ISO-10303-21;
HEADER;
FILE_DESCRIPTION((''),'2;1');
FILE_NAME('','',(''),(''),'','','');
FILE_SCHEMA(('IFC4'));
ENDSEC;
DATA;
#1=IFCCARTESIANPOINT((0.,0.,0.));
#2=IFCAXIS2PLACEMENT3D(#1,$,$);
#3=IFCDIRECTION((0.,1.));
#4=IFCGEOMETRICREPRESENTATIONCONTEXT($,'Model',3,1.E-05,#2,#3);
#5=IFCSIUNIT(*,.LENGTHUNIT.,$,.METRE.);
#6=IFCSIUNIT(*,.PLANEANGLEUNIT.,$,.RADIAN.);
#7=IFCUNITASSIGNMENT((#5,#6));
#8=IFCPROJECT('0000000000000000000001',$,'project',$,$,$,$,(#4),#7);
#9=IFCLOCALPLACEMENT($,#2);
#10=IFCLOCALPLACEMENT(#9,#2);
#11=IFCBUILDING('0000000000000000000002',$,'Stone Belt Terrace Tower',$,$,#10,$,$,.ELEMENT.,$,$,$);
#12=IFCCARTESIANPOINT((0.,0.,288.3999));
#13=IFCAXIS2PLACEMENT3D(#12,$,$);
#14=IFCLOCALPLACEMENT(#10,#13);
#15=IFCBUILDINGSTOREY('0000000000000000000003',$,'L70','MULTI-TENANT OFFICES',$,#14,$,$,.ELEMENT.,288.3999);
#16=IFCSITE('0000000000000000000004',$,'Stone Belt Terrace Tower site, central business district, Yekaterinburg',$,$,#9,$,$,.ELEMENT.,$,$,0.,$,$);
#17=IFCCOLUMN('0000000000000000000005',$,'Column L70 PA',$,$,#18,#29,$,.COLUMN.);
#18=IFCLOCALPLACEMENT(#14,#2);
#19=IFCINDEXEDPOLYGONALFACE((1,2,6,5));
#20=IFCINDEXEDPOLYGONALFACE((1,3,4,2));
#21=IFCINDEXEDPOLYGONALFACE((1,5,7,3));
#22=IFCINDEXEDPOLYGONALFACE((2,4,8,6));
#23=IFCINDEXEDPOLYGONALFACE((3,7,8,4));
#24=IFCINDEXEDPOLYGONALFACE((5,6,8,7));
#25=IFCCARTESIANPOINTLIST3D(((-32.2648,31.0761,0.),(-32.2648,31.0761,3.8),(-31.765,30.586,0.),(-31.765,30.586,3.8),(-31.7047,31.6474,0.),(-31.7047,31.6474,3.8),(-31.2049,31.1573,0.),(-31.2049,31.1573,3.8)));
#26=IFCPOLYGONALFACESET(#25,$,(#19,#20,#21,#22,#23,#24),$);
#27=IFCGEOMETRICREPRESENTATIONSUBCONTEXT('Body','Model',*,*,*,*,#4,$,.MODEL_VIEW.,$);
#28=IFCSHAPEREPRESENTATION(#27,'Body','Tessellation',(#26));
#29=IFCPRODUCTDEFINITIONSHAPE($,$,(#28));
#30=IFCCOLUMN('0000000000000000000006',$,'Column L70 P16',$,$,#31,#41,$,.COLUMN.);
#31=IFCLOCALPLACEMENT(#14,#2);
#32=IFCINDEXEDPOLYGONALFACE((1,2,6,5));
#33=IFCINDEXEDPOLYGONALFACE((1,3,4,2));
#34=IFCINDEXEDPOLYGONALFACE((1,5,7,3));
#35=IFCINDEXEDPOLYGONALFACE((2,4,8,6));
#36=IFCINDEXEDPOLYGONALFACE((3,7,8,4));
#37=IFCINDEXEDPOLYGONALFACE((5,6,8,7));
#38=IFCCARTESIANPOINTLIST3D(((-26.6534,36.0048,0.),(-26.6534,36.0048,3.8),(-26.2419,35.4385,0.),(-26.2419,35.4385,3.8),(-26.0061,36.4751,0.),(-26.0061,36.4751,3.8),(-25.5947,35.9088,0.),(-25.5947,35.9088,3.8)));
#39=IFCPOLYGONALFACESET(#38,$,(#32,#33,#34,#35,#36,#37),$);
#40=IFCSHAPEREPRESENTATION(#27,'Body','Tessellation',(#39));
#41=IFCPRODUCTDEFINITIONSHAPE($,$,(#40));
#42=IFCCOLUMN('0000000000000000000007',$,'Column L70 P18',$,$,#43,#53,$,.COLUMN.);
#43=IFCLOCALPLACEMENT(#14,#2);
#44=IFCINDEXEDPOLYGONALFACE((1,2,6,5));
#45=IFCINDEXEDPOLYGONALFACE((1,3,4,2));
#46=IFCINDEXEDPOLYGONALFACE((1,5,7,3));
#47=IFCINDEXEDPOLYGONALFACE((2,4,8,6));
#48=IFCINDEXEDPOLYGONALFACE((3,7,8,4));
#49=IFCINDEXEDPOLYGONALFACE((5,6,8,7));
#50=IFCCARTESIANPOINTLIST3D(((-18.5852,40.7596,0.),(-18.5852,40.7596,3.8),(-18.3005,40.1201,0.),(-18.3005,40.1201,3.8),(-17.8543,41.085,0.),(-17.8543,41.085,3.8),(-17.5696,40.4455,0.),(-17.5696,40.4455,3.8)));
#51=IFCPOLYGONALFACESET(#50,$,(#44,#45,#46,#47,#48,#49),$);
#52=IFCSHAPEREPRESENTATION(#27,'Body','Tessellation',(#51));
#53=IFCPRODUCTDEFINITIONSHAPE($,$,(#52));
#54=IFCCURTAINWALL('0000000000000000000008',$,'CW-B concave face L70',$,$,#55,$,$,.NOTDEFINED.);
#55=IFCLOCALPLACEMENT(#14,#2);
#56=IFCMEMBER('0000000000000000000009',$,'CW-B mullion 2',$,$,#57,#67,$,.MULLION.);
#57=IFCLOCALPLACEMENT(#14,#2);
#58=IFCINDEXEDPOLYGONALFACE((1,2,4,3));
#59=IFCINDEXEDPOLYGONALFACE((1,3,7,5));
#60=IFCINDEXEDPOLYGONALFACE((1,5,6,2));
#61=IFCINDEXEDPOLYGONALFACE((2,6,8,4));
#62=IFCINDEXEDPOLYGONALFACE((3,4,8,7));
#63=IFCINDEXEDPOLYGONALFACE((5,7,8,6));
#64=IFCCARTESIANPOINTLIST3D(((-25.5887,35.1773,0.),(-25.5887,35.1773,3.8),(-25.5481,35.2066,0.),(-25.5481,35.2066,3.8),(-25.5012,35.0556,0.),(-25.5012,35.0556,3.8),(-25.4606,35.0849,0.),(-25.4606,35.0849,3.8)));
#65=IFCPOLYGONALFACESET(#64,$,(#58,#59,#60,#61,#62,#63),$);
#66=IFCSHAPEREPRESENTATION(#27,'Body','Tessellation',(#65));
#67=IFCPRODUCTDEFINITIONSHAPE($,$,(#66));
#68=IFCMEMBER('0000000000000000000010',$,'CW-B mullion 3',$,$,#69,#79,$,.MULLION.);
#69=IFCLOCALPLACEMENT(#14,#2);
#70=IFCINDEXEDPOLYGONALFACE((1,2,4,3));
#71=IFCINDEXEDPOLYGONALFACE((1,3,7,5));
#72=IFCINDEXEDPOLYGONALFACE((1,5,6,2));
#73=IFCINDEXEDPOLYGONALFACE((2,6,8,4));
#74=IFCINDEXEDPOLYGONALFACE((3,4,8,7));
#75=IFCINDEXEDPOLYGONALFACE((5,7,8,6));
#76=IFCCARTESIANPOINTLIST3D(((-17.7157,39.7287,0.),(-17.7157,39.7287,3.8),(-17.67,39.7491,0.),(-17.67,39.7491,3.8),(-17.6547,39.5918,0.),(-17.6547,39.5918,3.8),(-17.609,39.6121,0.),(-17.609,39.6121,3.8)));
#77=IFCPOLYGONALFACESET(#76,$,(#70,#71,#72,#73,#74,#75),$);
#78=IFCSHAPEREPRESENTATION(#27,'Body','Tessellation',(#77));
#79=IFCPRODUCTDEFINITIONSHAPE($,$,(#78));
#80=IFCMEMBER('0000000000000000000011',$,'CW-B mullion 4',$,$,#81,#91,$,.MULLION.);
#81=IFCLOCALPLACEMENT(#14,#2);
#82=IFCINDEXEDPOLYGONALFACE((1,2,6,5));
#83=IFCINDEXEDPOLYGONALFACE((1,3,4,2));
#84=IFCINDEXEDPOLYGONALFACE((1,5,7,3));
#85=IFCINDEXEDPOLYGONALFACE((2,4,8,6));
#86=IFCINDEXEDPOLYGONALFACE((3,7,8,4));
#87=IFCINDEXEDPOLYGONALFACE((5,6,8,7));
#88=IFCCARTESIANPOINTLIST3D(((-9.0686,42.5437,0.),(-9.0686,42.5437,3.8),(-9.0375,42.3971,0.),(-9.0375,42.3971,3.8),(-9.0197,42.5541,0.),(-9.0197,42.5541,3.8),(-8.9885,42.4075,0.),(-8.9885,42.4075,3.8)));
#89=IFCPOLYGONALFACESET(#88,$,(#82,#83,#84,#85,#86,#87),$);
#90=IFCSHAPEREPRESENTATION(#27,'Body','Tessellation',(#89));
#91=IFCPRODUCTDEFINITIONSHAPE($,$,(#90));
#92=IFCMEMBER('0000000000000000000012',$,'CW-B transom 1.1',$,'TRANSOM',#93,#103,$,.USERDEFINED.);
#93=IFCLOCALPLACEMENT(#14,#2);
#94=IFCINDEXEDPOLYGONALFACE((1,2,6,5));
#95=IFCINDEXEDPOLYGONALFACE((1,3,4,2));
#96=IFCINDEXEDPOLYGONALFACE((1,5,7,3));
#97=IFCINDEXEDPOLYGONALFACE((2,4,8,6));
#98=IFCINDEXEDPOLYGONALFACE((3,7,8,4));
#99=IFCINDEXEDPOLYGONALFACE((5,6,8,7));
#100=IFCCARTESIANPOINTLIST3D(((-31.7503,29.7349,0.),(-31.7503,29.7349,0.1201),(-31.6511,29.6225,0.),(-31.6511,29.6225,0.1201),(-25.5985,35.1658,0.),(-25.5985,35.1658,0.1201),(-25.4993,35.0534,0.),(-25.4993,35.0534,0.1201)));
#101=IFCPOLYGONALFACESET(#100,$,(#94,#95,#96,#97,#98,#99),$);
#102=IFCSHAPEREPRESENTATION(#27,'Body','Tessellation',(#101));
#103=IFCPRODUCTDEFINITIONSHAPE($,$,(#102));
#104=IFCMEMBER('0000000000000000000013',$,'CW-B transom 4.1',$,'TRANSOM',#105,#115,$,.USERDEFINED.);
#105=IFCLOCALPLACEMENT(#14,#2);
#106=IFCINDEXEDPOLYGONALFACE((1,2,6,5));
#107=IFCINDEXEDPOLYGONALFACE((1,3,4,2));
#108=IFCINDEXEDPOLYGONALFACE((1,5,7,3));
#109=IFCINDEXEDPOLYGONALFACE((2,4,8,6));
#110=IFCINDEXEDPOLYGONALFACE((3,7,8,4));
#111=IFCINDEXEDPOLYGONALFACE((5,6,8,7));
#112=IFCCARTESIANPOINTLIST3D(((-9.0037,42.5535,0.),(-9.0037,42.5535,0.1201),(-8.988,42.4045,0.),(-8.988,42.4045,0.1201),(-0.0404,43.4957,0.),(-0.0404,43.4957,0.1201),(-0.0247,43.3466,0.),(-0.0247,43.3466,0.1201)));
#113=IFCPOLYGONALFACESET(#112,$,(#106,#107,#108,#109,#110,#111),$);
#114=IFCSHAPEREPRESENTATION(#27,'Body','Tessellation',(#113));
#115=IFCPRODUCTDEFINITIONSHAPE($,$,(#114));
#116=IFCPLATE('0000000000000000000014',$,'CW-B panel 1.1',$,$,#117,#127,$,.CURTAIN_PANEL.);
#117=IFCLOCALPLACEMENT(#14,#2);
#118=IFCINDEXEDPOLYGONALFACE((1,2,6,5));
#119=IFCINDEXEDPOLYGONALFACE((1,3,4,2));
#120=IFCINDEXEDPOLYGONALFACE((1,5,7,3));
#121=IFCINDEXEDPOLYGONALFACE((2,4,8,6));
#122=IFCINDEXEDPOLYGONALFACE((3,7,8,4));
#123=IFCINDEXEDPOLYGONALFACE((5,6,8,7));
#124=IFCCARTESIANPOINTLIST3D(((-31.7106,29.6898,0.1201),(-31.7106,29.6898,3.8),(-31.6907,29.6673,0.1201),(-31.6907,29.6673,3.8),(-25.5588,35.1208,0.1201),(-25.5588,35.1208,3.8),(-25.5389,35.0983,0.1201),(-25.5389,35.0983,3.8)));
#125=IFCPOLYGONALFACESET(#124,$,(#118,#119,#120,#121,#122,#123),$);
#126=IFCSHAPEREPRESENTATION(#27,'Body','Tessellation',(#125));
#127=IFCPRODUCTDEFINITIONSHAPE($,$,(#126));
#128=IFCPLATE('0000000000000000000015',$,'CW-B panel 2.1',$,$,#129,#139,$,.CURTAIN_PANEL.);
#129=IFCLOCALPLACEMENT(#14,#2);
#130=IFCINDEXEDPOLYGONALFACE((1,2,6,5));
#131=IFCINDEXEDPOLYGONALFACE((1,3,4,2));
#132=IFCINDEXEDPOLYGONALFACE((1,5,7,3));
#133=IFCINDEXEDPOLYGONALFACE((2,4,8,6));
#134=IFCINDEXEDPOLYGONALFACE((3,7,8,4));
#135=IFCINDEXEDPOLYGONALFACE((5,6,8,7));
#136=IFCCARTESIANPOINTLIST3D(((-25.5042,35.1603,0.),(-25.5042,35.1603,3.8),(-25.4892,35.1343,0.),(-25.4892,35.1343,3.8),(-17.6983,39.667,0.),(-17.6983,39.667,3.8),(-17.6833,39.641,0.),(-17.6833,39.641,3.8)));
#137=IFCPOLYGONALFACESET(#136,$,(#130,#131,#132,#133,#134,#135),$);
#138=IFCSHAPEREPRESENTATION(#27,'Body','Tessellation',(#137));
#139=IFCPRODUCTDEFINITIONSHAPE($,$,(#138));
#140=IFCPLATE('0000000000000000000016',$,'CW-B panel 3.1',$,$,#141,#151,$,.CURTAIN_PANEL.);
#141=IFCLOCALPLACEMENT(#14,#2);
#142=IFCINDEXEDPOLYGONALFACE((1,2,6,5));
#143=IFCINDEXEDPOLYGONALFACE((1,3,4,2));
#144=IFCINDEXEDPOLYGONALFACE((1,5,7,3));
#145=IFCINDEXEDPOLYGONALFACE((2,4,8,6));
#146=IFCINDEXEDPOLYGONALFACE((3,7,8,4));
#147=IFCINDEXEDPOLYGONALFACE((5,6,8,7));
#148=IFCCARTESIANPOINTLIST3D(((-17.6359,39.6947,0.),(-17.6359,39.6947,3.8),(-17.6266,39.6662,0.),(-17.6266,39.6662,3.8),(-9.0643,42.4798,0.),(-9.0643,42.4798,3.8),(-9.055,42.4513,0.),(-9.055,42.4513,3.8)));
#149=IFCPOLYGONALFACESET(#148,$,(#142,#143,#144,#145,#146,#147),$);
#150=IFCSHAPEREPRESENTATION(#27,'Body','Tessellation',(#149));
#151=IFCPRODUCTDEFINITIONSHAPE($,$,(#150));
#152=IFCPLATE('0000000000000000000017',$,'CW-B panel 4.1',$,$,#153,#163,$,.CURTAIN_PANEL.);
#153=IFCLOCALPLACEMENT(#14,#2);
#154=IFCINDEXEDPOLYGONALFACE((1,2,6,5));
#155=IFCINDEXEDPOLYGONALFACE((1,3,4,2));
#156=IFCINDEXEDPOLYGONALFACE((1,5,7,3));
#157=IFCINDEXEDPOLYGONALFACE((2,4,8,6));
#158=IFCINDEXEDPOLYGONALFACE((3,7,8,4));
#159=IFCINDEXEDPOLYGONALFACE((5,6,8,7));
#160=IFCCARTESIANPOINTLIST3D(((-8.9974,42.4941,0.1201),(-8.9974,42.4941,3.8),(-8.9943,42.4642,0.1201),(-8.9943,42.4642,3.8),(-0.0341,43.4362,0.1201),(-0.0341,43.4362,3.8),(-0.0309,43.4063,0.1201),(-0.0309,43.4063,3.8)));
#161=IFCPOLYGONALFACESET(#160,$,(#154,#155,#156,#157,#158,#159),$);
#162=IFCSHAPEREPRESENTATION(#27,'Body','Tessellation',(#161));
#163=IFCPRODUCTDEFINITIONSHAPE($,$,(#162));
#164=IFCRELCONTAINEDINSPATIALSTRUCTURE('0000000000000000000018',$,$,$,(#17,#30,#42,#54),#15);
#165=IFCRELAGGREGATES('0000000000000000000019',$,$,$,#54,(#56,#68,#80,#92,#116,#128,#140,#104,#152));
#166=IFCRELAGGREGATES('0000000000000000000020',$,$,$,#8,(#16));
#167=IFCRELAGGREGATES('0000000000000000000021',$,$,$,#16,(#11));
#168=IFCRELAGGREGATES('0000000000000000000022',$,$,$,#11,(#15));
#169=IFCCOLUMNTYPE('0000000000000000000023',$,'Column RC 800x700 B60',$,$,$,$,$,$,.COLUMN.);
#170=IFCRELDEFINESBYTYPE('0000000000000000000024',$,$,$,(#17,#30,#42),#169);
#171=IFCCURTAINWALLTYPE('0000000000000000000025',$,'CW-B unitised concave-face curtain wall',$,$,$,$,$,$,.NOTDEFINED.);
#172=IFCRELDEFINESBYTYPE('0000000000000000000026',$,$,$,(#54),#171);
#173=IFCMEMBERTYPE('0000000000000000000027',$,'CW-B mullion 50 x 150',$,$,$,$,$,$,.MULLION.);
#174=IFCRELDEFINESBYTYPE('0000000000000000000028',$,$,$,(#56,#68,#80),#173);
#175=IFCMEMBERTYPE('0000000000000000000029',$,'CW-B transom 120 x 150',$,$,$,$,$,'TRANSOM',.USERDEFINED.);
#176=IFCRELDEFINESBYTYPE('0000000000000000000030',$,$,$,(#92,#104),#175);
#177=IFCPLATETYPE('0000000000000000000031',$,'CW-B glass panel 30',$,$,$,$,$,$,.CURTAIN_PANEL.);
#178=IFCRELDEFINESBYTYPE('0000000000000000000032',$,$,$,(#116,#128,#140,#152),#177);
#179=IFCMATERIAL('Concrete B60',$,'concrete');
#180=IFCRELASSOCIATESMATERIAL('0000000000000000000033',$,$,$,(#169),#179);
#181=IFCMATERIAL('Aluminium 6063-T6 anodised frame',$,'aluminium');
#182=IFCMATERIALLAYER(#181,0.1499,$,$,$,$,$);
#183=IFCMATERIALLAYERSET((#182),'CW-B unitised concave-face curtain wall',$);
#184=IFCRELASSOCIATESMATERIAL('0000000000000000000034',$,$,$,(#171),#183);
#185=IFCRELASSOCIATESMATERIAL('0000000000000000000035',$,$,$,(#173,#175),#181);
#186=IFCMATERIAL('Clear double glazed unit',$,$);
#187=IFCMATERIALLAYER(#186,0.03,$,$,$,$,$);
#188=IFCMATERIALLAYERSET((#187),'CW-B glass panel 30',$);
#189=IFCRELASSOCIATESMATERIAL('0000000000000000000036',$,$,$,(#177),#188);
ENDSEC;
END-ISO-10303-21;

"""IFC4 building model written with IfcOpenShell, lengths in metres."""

from ifc_helpers import new_model, si_unit, direction, frame, origin, origin_2d, place, context, subcontext, project, spatial, rectangle, extrude, material, layer, layer_set, material_profile, profile_set, type_object, element, aggregate, save


model = new_model("IFC4")

# Units and contexts
model_context = context("Model", 3, precision=1e-05, world=origin(), true_north=direction((0.0, 1.0)))
body_context = subcontext(model_context, "Body", "Model", "MODEL_VIEW")
ifc_project = project(units=[si_unit("LENGTHUNIT", "METRE"), si_unit("PLANEANGLEUNIT", "RADIAN")], contexts=[model_context])

# Site, building, storey
site_placement = place(None, origin())
site = spatial("IfcSite", under=ifc_project, at=site_placement, Name="Stone Belt Terrace Tower site, central business district, Yekaterinburg", CompositionType="ELEMENT", RefElevation=0.0)
building_placement = place(site_placement, origin())
building = spatial("IfcBuilding", under=site, at=building_placement, Name="Stone Belt Terrace Tower", CompositionType="ELEMENT")
storey_placement = place(building_placement, frame((0.0, 0.0, 288.3999)))
storey = spatial("IfcBuildingStorey", under=building, at=storey_placement, Name="L70", Description="MULTI-TENANT OFFICES", CompositionType="ELEMENT", Elevation=288.3999)

# Columns
ifc_material_1 = material(Name="Concrete B60", Category="concrete")
ifc_material_profile_1 = material_profile(ifc_material_1, rectangle(XDim=0.8, YDim=0.7, at=origin_2d()), Name="RC 800x700")
ifc_profile_set_1 = profile_set([ifc_material_profile_1], Name="Concrete B60")
column_type = type_object("IfcColumnType", Name="Column RC 800x700 B60", PredefinedType="COLUMN", material=ifc_profile_set_1)
for number, where, z_axis, x_axis, name in (
    (1, (-31.7349, 31.1167, 0.0), (0.0, 0.0, 1.0), (0.70012, 0.714026, 0.0), "Column L70 PA"),
    (2, (-26.124, 35.9568, 0.0), (0.0, 0.0, 1.0), (0.809017, 0.587785, 0.0), "Column L70 P16"),
    (3, (-18.0774, 40.6025, 0.0), (0.0, 0.0, 1.0), (0.913545, 0.406737, 0.0), "Column L70 P18"),
):
    element("IfcColumn", number, at=place(storey_placement, frame(where, z_axis=z_axis, x_axis=x_axis)), inside=storey, type_object=column_type, Name=name, PredefinedType="COLUMN", context=body_context, shape_type="SweptSolid", body=[
        extrude(rectangle(XDim=0.8, YDim=0.7, at=origin_2d()), origin(), (0.0, 0.0, 1.0), 3.8),
    ])

# Curtain wall, members, plates
ifc_material_2 = material(Name="Aluminium 6063-T6 anodised frame", Category="aluminium")
ifc_layer_1 = layer(ifc_material_2, 0.1499)
ifc_layer_set_1 = layer_set([ifc_layer_1], Name="CW-B unitised concave-face curtain wall")
curtain_wall_type = type_object("IfcCurtainWallType", Name="CW-B unitised concave-face curtain wall", PredefinedType="NOTDEFINED", material=ifc_layer_set_1)
curtain_wall_placement = place(storey_placement, origin())
curtain_wall = element("IfcCurtainWall", 4, at=curtain_wall_placement, inside=storey, type_object=curtain_wall_type, Name="CW-B concave face L70", PredefinedType="NOTDEFINED")
ifc_material_profile_2 = material_profile(ifc_material_2, rectangle(XDim=0.1499, YDim=0.05, at=origin_2d()), Name="Aluminium 6063-T6 50x150")
ifc_profile_set_2 = profile_set([ifc_material_profile_2], Name="Aluminium 6063-T6 anodised frame")
member_type_1 = type_object("IfcMemberType", Name="CW-B mullion 50 x 150", PredefinedType="MULLION", material=ifc_profile_set_2)
member_1_placement = place(storey_placement, frame((-25.5247, 35.1311, 0.0), z_axis=(0.0, 0.0, 1.0), x_axis=(-0.583819, 0.811884, 0.0)))
member_1 = element("IfcMember", 5, at=member_1_placement, type_object=member_type_1, Name="CW-B mullion 2", PredefinedType="MULLION", context=body_context, shape_type="SweptSolid", body=[
    extrude(rectangle(XDim=0.1499, YDim=0.05, at=origin_2d()), origin(), (0.0, 0.0, 1.0), 3.8),
])
member_2_placement = place(storey_placement, frame((-17.6624, 39.6704, 0.0), z_axis=(0.0, 0.0, 1.0), x_axis=(-0.406737, 0.913545, 0.0)))
member_2 = element("IfcMember", 6, at=member_2_placement, type_object=member_type_1, Name="CW-B mullion 3", PredefinedType="MULLION", context=body_context, shape_type="SweptSolid", body=[
    extrude(rectangle(XDim=0.1499, YDim=0.05, at=origin_2d()), origin(), (0.0, 0.0, 1.0), 3.8),
])
member_3_placement = place(storey_placement, frame((-9.0286, 42.4756, 0.0), z_axis=(0.0, 0.0, 1.0), x_axis=(-0.207912, 0.978148, 0.0)))
member_3 = element("IfcMember", 7, at=member_3_placement, type_object=member_type_1, Name="CW-B mullion 4", PredefinedType="MULLION", context=body_context, shape_type="SweptSolid", body=[
    extrude(rectangle(XDim=0.1499, YDim=0.05, at=origin_2d()), origin(), (0.0, 0.0, 1.0), 3.8),
])
ifc_material_profile_3 = material_profile(ifc_material_2, rectangle(XDim=0.1499, YDim=0.1201, at=origin_2d()), Name="Aluminium 6063-T6 150x120")
ifc_profile_set_3 = profile_set([ifc_material_profile_3], Name="Aluminium 6063-T6 anodised frame")
member_type_2 = type_object("IfcMemberType", Name="CW-B transom 120 x 150", ElementType="TRANSOM", PredefinedType="USERDEFINED", material=ifc_profile_set_3)
member_4_placement = place(storey_placement, frame((-31.7007, 29.6787, 0.0601), z_axis=(0.749669, 0.661813, 0.0), x_axis=(-0.661813, 0.749669, 0.0)))
member_4 = element("IfcMember", 8, at=member_4_placement, type_object=member_type_2, Name="CW-B transom 1.1", ObjectType="TRANSOM", PredefinedType="USERDEFINED", context=body_context, shape_type="SweptSolid", body=[
    extrude(rectangle(XDim=0.1499, YDim=0.1201, at=origin_2d()), origin(), (0.0, 0.0, 1.0), 8.2061),
])
member_5_placement = place(storey_placement, frame((-8.9958, 42.479, 0.0601), z_axis=(0.994521, 0.104534, 0.0), x_axis=(-0.104534, 0.994521, 0.0)))
member_5 = element("IfcMember", 9, at=member_5_placement, type_object=member_type_2, Name="CW-B transom 4.1", ObjectType="TRANSOM", PredefinedType="USERDEFINED", context=body_context, shape_type="SweptSolid", body=[
    extrude(rectangle(XDim=0.1499, YDim=0.1201, at=origin_2d()), origin(), (0.0, 0.0, 1.0), 9.0127),
])
ifc_material_3 = material(Name="Clear double glazed unit")
ifc_layer_2 = layer(ifc_material_3, 0.03)
ifc_layer_set_2 = layer_set([ifc_layer_2], Name="CW-B glass panel 30")
plate_type = type_object("IfcPlateType", Name="CW-B glass panel 30", PredefinedType="CURTAIN_PANEL", material=ifc_layer_set_2)
plate_1_placement = place(storey_placement, frame((-28.6248, 32.394, 0.1201), z_axis=(0.0, 0.0, 1.0), x_axis=(0.749659, 0.661825, 0.0)))
plate_1 = element("IfcPlate", 10, at=plate_1_placement, type_object=plate_type, Name="CW-B panel 1.1", PredefinedType="CURTAIN_PANEL", context=body_context, shape_type="SweptSolid", body=[
    extrude(rectangle(XDim=8.2061, YDim=0.03, at=origin_2d()), origin(), (0.0, 0.0, 1.0), 3.6799),
])
plate_2_placement = place(storey_placement, frame((-21.5938, 37.4006, 0.0), z_axis=(0.0, 0.0, 1.0), x_axis=(0.866025, 0.5, 0.0)))
plate_2 = element("IfcPlate", 11, at=plate_2_placement, type_object=plate_type, Name="CW-B panel 2.1", PredefinedType="CURTAIN_PANEL", context=body_context, shape_type="SweptSolid", body=[
    extrude(rectangle(XDim=9.0134, YDim=0.03, at=origin_2d()), origin(), (0.0, 0.0, 1.0), 3.8),
])
plate_3_placement = place(storey_placement, frame((-13.3455, 41.073, 0.0), z_axis=(0.0, 0.0, 1.0), x_axis=(0.951057, 0.309017, 0.0)))
plate_3 = element("IfcPlate", 12, at=plate_3_placement, type_object=plate_type, Name="CW-B panel 3.1", PredefinedType="CURTAIN_PANEL", context=body_context, shape_type="SweptSolid", body=[
    extrude(rectangle(XDim=9.0127, YDim=0.03, at=origin_2d()), origin(), (0.0, 0.0, 1.0), 3.8),
])
plate_4_placement = place(storey_placement, frame((-4.5142, 42.9502, 0.1201), z_axis=(0.0, 0.0, 1.0), x_axis=(0.994522, 0.104528, 0.0)))
plate_4 = element("IfcPlate", 13, at=plate_4_placement, type_object=plate_type, Name="CW-B panel 4.1", PredefinedType="CURTAIN_PANEL", context=body_context, shape_type="SweptSolid", body=[
    extrude(rectangle(XDim=9.0127, YDim=0.03, at=origin_2d()), origin(), (0.0, 0.0, 1.0), 3.6799),
])
aggregate(curtain_wall, [member_1, member_2, member_3, member_4, plate_1, plate_2, plate_3, member_5, plate_4])

save(model, "model.ifc")
